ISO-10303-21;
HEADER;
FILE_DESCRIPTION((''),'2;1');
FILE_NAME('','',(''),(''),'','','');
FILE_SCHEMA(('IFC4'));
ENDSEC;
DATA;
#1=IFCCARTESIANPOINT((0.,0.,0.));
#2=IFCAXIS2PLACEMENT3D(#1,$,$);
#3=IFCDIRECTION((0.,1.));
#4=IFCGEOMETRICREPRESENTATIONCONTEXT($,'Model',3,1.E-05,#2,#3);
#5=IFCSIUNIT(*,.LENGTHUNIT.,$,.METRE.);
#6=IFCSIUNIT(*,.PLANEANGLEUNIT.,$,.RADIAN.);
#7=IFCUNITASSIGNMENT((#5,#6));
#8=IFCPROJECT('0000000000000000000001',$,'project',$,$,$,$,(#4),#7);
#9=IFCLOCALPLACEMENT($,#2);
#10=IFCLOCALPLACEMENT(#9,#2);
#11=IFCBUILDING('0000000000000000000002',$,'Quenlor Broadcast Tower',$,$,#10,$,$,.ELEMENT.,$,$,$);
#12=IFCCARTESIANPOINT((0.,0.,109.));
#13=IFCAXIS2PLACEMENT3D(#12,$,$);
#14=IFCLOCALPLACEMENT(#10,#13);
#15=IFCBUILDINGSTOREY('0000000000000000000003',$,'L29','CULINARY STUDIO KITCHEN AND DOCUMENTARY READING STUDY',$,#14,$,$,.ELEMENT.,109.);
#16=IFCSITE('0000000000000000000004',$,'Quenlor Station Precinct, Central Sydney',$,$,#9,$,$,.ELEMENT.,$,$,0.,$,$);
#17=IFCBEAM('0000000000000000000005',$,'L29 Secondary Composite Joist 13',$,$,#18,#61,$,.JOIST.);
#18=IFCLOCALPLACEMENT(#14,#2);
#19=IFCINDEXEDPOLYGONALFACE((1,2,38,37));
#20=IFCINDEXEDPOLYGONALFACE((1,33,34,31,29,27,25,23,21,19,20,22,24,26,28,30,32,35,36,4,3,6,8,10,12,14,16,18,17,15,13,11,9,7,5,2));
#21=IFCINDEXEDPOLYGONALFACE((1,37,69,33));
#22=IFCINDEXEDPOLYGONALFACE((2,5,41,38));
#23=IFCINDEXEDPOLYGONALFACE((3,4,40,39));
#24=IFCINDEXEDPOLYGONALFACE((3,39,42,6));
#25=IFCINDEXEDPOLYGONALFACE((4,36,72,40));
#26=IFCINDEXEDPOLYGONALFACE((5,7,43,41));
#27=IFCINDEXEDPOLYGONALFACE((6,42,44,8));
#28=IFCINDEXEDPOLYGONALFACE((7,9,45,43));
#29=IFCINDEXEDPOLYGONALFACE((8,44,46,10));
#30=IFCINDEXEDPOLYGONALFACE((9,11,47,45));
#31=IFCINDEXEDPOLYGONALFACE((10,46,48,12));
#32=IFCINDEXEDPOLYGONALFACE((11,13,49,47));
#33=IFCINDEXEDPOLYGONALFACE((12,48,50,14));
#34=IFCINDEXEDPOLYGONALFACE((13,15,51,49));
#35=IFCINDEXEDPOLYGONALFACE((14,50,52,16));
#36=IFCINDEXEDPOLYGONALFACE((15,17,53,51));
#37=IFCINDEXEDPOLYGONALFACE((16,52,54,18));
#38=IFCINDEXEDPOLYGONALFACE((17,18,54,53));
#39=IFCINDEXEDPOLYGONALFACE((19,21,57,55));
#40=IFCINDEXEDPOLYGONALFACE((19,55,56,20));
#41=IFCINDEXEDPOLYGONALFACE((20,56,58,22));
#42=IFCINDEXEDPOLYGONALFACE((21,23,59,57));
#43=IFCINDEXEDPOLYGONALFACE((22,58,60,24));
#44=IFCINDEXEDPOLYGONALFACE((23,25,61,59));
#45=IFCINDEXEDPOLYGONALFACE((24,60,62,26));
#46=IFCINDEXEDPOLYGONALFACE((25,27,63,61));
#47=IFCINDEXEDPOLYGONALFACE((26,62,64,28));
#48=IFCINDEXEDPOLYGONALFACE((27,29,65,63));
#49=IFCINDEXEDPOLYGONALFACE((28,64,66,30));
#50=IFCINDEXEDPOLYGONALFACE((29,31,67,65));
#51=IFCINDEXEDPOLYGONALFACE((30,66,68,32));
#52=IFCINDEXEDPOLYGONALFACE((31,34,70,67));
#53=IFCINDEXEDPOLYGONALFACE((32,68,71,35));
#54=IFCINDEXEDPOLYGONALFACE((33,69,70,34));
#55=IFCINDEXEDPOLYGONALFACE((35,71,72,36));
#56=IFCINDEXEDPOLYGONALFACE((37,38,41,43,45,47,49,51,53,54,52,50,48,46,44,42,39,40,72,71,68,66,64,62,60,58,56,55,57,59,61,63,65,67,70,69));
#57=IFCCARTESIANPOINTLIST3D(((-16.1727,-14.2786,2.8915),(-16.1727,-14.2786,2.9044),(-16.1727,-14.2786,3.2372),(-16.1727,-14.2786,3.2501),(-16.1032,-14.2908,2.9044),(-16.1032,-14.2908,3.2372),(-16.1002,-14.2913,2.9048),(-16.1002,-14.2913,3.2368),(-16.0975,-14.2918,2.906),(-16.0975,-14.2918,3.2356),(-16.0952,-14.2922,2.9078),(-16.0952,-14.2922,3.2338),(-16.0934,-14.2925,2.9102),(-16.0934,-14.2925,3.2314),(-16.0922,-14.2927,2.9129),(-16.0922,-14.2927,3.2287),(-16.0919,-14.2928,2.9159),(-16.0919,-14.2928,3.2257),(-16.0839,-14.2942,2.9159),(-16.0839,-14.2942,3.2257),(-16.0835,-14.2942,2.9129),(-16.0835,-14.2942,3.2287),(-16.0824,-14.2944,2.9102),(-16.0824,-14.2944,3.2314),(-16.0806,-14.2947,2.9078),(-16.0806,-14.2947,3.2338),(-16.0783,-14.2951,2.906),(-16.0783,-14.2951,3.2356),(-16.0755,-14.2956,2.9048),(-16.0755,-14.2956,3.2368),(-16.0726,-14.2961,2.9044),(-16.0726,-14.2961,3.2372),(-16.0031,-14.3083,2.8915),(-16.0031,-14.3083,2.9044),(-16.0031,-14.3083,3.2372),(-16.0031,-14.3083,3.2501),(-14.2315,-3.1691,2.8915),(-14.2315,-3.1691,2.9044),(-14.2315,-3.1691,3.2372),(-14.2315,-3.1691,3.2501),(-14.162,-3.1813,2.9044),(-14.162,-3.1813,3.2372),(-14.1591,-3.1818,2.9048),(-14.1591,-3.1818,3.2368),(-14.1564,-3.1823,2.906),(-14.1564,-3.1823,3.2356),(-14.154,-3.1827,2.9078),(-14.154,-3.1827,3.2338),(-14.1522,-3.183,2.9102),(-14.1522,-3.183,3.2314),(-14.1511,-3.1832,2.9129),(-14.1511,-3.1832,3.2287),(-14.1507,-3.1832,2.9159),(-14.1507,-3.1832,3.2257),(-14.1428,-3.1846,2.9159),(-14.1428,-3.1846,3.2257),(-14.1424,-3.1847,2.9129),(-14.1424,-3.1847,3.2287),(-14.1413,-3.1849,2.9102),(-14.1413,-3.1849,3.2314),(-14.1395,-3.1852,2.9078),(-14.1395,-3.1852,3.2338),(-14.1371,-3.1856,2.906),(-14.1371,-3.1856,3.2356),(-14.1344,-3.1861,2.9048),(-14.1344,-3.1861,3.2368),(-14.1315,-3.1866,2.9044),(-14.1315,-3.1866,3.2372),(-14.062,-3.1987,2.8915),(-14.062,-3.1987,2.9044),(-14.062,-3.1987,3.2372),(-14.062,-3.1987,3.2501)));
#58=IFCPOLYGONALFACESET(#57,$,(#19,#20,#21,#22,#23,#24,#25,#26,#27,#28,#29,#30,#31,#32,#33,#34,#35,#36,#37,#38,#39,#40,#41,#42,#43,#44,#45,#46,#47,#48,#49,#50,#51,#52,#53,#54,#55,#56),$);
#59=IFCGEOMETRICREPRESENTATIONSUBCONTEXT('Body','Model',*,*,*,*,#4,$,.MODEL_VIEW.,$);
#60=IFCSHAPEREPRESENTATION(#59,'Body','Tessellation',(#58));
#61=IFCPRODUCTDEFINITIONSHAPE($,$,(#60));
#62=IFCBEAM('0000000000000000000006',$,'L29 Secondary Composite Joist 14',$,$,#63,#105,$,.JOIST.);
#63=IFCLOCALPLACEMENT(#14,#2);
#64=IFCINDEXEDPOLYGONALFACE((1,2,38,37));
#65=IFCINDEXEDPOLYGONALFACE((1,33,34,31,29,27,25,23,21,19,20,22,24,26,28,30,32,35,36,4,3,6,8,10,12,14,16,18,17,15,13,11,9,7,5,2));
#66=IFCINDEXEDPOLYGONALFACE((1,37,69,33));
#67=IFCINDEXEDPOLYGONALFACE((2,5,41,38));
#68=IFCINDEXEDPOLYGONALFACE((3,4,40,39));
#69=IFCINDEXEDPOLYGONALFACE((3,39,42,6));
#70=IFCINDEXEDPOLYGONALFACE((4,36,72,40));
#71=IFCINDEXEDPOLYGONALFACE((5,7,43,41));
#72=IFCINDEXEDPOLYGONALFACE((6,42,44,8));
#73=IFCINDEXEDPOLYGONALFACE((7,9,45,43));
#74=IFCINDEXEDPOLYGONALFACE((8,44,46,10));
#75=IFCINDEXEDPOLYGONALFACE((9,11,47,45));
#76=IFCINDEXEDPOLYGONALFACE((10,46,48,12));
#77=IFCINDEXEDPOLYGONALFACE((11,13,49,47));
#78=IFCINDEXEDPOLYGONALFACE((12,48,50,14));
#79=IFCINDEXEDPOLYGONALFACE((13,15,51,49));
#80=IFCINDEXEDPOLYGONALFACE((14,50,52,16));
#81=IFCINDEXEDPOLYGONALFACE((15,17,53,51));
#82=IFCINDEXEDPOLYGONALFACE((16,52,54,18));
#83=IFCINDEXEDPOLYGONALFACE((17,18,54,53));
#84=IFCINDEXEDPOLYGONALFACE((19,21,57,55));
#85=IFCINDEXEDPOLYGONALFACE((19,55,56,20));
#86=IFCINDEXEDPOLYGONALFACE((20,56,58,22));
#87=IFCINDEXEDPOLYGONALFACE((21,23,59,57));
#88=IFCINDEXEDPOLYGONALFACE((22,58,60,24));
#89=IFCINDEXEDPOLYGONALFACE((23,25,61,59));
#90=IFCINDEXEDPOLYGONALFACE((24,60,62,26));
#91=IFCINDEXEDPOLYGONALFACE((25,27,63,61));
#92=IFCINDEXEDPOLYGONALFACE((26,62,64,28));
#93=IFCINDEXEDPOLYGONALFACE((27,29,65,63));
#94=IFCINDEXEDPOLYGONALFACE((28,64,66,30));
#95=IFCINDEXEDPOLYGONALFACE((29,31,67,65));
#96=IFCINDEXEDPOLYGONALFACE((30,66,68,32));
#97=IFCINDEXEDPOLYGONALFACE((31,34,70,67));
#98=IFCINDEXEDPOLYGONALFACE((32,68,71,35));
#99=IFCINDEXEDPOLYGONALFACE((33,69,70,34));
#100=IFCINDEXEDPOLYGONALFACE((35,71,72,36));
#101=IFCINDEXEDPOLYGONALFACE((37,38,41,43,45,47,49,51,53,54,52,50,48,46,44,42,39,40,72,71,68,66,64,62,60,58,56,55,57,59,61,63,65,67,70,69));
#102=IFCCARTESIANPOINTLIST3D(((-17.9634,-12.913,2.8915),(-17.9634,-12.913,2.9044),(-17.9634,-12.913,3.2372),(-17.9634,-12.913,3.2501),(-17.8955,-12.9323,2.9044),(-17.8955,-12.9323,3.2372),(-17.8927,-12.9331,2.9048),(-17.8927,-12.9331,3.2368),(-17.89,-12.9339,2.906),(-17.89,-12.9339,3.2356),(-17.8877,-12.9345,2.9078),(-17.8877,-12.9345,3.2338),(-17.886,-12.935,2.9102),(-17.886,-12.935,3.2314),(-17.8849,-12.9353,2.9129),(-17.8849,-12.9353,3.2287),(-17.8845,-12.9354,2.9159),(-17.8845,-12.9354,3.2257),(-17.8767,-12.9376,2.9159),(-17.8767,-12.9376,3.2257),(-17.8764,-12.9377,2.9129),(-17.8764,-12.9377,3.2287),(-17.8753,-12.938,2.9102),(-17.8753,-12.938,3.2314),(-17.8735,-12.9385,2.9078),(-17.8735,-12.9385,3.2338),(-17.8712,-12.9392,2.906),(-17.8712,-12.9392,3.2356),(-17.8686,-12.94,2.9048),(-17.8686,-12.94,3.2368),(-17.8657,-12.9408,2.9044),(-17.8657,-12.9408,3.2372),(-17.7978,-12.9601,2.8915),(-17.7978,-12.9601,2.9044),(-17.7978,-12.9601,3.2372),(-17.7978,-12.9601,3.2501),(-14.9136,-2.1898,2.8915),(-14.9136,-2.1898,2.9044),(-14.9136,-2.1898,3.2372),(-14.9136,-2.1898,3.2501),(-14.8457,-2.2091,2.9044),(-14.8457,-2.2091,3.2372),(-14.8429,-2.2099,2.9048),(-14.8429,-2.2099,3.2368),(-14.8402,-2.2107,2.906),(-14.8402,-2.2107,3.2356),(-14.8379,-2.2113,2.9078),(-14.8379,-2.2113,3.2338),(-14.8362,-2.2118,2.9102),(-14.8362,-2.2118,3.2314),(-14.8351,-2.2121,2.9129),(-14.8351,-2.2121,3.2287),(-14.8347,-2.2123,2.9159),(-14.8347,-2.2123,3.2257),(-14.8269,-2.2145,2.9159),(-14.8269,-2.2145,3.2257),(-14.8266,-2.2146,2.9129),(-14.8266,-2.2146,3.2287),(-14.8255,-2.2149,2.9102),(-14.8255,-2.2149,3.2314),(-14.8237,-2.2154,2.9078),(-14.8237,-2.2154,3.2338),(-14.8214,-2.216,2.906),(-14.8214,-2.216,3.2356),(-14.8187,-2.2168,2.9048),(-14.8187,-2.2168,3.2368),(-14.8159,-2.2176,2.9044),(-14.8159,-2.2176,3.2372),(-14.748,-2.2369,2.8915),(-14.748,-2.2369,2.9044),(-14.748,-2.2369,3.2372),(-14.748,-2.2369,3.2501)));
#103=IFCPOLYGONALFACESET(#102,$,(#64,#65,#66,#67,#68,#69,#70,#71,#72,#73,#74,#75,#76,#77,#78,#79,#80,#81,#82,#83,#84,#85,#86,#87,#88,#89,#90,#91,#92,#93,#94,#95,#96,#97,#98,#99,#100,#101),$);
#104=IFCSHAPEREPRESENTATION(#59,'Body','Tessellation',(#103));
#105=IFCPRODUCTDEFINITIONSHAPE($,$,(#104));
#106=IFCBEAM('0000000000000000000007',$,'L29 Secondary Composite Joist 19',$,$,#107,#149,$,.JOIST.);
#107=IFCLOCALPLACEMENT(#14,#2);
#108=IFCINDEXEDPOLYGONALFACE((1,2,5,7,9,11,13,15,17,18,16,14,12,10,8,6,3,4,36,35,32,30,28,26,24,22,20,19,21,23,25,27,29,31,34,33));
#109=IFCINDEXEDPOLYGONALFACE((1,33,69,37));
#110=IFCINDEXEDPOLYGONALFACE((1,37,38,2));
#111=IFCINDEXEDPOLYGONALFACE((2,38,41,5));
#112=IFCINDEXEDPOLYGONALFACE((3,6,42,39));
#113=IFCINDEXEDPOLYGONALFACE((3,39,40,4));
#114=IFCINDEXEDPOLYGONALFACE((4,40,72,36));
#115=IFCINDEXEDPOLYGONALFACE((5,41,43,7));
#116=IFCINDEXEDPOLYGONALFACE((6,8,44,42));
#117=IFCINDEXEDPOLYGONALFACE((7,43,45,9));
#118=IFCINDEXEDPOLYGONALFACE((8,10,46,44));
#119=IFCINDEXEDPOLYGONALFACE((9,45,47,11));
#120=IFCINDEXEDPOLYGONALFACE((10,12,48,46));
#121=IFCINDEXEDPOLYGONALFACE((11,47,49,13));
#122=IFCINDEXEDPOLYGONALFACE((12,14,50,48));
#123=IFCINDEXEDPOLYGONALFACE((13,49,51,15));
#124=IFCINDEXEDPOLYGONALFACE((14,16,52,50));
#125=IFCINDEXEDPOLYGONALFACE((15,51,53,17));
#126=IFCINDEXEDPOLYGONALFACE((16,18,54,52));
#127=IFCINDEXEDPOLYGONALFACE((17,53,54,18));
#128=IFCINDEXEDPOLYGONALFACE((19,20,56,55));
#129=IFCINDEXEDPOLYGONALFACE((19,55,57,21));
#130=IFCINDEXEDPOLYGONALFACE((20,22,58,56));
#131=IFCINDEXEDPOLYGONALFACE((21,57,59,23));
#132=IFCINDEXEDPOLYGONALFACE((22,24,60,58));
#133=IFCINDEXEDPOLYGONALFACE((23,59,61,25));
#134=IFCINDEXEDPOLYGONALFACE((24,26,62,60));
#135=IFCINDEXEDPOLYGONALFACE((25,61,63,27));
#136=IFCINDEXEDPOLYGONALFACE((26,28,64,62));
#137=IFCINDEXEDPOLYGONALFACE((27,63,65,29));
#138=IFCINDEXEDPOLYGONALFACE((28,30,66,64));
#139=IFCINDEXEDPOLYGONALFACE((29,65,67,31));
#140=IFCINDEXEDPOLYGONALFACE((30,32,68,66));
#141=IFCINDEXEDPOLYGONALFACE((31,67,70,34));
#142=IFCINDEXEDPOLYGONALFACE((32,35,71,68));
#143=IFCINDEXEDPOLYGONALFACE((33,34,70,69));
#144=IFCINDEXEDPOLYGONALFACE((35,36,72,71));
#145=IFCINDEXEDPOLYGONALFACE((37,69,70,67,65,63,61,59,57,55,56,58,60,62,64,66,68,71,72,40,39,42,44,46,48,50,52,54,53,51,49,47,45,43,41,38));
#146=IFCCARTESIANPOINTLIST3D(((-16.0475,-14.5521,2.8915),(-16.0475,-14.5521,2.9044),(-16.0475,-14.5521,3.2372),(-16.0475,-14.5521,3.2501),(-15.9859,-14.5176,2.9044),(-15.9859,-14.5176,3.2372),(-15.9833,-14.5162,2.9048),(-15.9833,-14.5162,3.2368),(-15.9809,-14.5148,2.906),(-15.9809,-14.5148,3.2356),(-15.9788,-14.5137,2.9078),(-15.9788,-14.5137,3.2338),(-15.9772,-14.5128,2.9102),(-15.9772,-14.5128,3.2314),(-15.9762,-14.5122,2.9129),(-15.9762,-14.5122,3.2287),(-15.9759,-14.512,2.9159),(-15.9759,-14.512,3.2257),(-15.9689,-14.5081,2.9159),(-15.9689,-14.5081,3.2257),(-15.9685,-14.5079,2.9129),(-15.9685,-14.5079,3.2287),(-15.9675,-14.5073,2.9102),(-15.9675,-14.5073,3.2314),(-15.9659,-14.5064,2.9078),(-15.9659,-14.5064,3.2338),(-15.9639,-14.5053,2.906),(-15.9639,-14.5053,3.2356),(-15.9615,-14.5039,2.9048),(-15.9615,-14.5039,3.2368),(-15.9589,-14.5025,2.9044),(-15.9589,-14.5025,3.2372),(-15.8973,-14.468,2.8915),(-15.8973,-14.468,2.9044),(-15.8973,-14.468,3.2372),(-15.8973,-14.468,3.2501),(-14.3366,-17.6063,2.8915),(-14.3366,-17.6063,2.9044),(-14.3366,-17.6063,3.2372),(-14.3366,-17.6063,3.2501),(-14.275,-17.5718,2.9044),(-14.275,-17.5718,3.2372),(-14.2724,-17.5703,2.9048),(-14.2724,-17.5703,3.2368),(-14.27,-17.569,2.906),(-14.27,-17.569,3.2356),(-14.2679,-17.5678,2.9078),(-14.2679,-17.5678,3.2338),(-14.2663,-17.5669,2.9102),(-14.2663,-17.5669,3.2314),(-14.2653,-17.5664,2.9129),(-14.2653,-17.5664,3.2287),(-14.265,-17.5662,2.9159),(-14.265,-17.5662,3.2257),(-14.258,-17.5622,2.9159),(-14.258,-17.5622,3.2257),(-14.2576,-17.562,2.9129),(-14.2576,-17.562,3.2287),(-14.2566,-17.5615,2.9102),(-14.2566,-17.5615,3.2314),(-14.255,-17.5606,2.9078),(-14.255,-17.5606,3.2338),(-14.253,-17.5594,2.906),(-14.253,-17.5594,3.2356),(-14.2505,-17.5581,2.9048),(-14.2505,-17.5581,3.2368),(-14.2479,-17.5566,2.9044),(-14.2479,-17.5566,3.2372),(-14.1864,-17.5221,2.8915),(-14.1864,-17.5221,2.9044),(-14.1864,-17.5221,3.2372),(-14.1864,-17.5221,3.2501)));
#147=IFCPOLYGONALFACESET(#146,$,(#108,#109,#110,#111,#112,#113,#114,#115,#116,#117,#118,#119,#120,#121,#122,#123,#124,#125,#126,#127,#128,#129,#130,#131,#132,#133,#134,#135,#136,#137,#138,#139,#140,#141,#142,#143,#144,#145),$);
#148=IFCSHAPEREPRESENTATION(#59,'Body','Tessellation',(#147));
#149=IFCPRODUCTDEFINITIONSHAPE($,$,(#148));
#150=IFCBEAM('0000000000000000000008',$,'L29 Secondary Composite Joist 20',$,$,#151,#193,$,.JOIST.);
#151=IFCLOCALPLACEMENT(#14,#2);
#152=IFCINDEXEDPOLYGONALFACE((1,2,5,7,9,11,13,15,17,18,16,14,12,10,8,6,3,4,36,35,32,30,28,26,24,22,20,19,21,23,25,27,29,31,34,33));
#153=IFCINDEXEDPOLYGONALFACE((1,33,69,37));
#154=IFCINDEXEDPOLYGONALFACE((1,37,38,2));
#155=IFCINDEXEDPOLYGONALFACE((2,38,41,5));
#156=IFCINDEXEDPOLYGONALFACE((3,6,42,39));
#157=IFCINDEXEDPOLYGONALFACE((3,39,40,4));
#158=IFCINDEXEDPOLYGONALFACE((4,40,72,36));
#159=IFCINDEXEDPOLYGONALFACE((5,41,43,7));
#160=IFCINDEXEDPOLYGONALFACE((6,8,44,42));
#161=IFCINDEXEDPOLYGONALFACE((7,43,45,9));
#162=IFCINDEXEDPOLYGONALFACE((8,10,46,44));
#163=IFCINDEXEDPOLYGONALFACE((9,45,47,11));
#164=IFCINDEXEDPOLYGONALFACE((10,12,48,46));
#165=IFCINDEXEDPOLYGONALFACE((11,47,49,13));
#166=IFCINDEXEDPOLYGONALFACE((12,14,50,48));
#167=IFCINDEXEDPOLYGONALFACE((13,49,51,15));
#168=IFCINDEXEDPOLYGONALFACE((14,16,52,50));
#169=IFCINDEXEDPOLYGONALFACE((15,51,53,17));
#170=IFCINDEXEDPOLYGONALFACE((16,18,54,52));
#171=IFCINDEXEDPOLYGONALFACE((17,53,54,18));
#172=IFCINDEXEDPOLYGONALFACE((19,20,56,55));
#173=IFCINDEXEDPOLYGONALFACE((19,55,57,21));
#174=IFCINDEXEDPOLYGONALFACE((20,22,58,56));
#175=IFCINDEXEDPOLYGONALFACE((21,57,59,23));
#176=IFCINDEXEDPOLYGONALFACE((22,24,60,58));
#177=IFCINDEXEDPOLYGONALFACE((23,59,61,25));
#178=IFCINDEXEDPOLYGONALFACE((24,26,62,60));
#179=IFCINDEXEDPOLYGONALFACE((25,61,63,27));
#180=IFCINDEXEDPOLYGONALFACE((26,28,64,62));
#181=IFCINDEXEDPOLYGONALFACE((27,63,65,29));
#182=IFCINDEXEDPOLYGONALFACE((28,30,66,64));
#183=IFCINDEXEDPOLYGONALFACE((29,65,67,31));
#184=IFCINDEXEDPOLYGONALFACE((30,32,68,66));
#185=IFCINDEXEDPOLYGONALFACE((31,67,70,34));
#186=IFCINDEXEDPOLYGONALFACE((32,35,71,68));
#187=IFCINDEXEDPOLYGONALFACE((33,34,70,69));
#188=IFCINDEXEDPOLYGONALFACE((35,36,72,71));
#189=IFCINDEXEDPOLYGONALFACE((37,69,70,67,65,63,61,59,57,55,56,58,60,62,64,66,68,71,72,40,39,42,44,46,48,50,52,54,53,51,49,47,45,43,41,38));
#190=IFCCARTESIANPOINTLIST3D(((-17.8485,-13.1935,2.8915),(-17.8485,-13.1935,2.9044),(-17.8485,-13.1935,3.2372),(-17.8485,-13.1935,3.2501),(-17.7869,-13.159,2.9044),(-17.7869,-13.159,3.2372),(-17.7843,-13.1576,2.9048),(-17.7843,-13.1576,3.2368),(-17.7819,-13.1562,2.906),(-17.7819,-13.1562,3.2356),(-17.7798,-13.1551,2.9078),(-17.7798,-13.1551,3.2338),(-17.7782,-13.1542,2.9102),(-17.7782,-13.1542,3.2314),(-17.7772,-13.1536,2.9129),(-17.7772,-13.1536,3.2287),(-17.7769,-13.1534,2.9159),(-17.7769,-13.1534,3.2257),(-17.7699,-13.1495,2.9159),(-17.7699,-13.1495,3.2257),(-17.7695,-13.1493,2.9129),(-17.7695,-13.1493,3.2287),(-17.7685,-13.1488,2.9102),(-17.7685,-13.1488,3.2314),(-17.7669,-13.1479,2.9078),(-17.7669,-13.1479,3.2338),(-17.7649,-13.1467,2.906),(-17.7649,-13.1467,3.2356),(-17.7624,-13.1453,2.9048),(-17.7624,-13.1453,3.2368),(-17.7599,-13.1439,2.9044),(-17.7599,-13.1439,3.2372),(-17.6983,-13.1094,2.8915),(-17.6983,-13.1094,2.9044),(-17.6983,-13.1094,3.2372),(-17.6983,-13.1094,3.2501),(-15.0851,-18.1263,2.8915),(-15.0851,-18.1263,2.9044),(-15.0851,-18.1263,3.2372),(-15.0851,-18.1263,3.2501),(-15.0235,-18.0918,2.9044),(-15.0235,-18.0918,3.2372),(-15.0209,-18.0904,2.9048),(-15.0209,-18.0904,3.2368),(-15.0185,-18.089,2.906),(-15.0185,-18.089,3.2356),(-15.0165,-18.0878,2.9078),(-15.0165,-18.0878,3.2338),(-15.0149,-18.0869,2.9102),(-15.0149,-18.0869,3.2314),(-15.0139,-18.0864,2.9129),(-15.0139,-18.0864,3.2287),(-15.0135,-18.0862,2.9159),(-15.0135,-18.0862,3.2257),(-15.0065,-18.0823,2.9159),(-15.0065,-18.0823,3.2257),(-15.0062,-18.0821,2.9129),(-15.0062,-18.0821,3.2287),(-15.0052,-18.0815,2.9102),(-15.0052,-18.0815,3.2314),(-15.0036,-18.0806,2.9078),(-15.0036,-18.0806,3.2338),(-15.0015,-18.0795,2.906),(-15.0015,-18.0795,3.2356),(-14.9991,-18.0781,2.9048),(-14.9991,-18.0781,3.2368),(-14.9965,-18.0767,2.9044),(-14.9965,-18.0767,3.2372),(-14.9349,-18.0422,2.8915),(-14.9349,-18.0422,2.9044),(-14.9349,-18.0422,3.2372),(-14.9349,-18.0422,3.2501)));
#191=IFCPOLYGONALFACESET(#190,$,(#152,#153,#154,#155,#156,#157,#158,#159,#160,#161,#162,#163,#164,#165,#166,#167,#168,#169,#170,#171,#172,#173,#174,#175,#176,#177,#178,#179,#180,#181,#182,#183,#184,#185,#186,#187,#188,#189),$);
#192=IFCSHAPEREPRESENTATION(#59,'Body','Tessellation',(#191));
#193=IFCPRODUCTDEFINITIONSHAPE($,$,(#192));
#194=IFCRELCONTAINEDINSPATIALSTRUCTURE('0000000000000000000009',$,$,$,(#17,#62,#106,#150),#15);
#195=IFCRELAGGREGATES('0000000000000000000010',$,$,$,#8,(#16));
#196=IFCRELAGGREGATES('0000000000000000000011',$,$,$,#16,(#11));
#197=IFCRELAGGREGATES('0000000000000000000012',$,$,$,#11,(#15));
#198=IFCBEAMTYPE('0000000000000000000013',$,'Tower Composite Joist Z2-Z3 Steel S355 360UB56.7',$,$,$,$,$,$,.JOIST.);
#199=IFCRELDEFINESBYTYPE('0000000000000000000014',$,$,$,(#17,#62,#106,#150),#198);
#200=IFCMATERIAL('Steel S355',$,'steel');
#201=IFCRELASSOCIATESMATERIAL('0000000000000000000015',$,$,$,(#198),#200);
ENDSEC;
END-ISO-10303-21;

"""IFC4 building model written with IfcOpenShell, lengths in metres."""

from ifc_helpers import new_model, si_unit, direction, frame, origin, origin_2d, place, context, subcontext, project, spatial, i_section, extrude, material, material_profile, profile_set, type_object, element, save


model = new_model("IFC4")

# Units and contexts
model_context = context("Model", 3, precision=1e-05, world=origin(), true_north=direction((0.0, 1.0)))
body_context = subcontext(model_context, "Body", "Model", "MODEL_VIEW")
ifc_project = project(units=[si_unit("LENGTHUNIT", "METRE"), si_unit("PLANEANGLEUNIT", "RADIAN")], contexts=[model_context])

# Site, building, storey
site_placement = place(None, origin())
site = spatial("IfcSite", under=ifc_project, at=site_placement, Name="Quenlor Station Precinct, Central Sydney", CompositionType="ELEMENT", RefElevation=0.0)
building_placement = place(site_placement, origin())
building = spatial("IfcBuilding", under=site, at=building_placement, Name="Quenlor Broadcast Tower", CompositionType="ELEMENT")
storey_placement = place(building_placement, frame((0.0, 0.0, 109.0)))
storey = spatial("IfcBuildingStorey", under=building, at=storey_placement, Name="L29", Description="CULINARY STUDIO KITCHEN AND DOCUMENTARY READING STUDY", CompositionType="ELEMENT", Elevation=109.0)

# Beams
ifc_material_1 = material(Name="Steel S355", Category="steel")
ifc_material_profile_1 = material_profile(ifc_material_1, i_section(OverallWidth=0.1721, OverallDepth=0.3586, WebThickness=0.0081, FlangeThickness=0.0129, FilletRadius=0.0115, at=origin_2d()))
ifc_profile_set_1 = profile_set([ifc_material_profile_1], Name="Steel S355 360UB56.7")
beam_type_1 = type_object("IfcBeamType", Name="Tower Composite Joist Z2-Z3 Steel S355 360UB56.7", PredefinedType="JOIST", material=ifc_profile_set_1)
beam_1_placement = place(storey_placement, frame((-16.0879, -14.2935, 3.0708), z_axis=(0.17212, 0.985076, 0.0), x_axis=(-0.985076, 0.17212, 0.0)))
element("IfcBeam", 1, at=beam_1_placement, inside=storey, type_object=beam_type_1, Name="L29 Secondary Composite Joist 13", PredefinedType="JOIST", context=body_context, shape_type="SweptSolid", body=[
    extrude(i_section(OverallWidth=0.1721, OverallDepth=0.3586, WebThickness=0.0081, FlangeThickness=0.0129, FilletRadius=0.0115, at=origin_2d()), origin(), (0.0, 0.0, 1.0), 11.2778),
])
beam_2_placement = place(storey_placement, frame((-17.8806, -12.9365, 3.0708), z_axis=(0.273564, 0.961854, 0.0), x_axis=(-0.961854, 0.273564, 0.0)))
element("IfcBeam", 2, at=beam_2_placement, inside=storey, type_object=beam_type_1, Name="L29 Secondary Composite Joist 14", PredefinedType="JOIST", context=body_context, shape_type="SweptSolid", body=[
    extrude(i_section(OverallWidth=0.1721, OverallDepth=0.3586, WebThickness=0.0081, FlangeThickness=0.0129, FilletRadius=0.0115, at=origin_2d()), origin(), (0.0, 0.0, 1.0), 11.1484),
])
beam_3_placement = place(storey_placement, frame((-14.2615, -17.5642, 3.0708), z_axis=(-0.488731, 0.872435, 0.0), x_axis=(-0.872435, -0.488731, 0.0)))
element("IfcBeam", 3, at=beam_3_placement, inside=storey, type_object=beam_type_1, Name="L29 Secondary Composite Joist 19", PredefinedType="JOIST", context=body_context, shape_type="SweptSolid", body=[
    extrude(i_section(OverallWidth=0.1721, OverallDepth=0.3586, WebThickness=0.0081, FlangeThickness=0.0129, FilletRadius=0.0115, at=origin_2d()), origin(), (0.0, 0.0, 1.0), 3.5007),
])
beam_4_placement = place(storey_placement, frame((-15.01, -18.0842, 3.0708), z_axis=(-0.488741, 0.872429, 0.0), x_axis=(-0.872429, -0.488741, 0.0)))
element("IfcBeam", 4, at=beam_4_placement, inside=storey, type_object=beam_type_1, Name="L29 Secondary Composite Joist 20", PredefinedType="JOIST", context=body_context, shape_type="SweptSolid", body=[
    extrude(i_section(OverallWidth=0.1721, OverallDepth=0.3586, WebThickness=0.0081, FlangeThickness=0.0129, FilletRadius=0.0115, at=origin_2d()), origin(), (0.0, 0.0, 1.0), 5.6541),
])

save(model, "model.ifc")
